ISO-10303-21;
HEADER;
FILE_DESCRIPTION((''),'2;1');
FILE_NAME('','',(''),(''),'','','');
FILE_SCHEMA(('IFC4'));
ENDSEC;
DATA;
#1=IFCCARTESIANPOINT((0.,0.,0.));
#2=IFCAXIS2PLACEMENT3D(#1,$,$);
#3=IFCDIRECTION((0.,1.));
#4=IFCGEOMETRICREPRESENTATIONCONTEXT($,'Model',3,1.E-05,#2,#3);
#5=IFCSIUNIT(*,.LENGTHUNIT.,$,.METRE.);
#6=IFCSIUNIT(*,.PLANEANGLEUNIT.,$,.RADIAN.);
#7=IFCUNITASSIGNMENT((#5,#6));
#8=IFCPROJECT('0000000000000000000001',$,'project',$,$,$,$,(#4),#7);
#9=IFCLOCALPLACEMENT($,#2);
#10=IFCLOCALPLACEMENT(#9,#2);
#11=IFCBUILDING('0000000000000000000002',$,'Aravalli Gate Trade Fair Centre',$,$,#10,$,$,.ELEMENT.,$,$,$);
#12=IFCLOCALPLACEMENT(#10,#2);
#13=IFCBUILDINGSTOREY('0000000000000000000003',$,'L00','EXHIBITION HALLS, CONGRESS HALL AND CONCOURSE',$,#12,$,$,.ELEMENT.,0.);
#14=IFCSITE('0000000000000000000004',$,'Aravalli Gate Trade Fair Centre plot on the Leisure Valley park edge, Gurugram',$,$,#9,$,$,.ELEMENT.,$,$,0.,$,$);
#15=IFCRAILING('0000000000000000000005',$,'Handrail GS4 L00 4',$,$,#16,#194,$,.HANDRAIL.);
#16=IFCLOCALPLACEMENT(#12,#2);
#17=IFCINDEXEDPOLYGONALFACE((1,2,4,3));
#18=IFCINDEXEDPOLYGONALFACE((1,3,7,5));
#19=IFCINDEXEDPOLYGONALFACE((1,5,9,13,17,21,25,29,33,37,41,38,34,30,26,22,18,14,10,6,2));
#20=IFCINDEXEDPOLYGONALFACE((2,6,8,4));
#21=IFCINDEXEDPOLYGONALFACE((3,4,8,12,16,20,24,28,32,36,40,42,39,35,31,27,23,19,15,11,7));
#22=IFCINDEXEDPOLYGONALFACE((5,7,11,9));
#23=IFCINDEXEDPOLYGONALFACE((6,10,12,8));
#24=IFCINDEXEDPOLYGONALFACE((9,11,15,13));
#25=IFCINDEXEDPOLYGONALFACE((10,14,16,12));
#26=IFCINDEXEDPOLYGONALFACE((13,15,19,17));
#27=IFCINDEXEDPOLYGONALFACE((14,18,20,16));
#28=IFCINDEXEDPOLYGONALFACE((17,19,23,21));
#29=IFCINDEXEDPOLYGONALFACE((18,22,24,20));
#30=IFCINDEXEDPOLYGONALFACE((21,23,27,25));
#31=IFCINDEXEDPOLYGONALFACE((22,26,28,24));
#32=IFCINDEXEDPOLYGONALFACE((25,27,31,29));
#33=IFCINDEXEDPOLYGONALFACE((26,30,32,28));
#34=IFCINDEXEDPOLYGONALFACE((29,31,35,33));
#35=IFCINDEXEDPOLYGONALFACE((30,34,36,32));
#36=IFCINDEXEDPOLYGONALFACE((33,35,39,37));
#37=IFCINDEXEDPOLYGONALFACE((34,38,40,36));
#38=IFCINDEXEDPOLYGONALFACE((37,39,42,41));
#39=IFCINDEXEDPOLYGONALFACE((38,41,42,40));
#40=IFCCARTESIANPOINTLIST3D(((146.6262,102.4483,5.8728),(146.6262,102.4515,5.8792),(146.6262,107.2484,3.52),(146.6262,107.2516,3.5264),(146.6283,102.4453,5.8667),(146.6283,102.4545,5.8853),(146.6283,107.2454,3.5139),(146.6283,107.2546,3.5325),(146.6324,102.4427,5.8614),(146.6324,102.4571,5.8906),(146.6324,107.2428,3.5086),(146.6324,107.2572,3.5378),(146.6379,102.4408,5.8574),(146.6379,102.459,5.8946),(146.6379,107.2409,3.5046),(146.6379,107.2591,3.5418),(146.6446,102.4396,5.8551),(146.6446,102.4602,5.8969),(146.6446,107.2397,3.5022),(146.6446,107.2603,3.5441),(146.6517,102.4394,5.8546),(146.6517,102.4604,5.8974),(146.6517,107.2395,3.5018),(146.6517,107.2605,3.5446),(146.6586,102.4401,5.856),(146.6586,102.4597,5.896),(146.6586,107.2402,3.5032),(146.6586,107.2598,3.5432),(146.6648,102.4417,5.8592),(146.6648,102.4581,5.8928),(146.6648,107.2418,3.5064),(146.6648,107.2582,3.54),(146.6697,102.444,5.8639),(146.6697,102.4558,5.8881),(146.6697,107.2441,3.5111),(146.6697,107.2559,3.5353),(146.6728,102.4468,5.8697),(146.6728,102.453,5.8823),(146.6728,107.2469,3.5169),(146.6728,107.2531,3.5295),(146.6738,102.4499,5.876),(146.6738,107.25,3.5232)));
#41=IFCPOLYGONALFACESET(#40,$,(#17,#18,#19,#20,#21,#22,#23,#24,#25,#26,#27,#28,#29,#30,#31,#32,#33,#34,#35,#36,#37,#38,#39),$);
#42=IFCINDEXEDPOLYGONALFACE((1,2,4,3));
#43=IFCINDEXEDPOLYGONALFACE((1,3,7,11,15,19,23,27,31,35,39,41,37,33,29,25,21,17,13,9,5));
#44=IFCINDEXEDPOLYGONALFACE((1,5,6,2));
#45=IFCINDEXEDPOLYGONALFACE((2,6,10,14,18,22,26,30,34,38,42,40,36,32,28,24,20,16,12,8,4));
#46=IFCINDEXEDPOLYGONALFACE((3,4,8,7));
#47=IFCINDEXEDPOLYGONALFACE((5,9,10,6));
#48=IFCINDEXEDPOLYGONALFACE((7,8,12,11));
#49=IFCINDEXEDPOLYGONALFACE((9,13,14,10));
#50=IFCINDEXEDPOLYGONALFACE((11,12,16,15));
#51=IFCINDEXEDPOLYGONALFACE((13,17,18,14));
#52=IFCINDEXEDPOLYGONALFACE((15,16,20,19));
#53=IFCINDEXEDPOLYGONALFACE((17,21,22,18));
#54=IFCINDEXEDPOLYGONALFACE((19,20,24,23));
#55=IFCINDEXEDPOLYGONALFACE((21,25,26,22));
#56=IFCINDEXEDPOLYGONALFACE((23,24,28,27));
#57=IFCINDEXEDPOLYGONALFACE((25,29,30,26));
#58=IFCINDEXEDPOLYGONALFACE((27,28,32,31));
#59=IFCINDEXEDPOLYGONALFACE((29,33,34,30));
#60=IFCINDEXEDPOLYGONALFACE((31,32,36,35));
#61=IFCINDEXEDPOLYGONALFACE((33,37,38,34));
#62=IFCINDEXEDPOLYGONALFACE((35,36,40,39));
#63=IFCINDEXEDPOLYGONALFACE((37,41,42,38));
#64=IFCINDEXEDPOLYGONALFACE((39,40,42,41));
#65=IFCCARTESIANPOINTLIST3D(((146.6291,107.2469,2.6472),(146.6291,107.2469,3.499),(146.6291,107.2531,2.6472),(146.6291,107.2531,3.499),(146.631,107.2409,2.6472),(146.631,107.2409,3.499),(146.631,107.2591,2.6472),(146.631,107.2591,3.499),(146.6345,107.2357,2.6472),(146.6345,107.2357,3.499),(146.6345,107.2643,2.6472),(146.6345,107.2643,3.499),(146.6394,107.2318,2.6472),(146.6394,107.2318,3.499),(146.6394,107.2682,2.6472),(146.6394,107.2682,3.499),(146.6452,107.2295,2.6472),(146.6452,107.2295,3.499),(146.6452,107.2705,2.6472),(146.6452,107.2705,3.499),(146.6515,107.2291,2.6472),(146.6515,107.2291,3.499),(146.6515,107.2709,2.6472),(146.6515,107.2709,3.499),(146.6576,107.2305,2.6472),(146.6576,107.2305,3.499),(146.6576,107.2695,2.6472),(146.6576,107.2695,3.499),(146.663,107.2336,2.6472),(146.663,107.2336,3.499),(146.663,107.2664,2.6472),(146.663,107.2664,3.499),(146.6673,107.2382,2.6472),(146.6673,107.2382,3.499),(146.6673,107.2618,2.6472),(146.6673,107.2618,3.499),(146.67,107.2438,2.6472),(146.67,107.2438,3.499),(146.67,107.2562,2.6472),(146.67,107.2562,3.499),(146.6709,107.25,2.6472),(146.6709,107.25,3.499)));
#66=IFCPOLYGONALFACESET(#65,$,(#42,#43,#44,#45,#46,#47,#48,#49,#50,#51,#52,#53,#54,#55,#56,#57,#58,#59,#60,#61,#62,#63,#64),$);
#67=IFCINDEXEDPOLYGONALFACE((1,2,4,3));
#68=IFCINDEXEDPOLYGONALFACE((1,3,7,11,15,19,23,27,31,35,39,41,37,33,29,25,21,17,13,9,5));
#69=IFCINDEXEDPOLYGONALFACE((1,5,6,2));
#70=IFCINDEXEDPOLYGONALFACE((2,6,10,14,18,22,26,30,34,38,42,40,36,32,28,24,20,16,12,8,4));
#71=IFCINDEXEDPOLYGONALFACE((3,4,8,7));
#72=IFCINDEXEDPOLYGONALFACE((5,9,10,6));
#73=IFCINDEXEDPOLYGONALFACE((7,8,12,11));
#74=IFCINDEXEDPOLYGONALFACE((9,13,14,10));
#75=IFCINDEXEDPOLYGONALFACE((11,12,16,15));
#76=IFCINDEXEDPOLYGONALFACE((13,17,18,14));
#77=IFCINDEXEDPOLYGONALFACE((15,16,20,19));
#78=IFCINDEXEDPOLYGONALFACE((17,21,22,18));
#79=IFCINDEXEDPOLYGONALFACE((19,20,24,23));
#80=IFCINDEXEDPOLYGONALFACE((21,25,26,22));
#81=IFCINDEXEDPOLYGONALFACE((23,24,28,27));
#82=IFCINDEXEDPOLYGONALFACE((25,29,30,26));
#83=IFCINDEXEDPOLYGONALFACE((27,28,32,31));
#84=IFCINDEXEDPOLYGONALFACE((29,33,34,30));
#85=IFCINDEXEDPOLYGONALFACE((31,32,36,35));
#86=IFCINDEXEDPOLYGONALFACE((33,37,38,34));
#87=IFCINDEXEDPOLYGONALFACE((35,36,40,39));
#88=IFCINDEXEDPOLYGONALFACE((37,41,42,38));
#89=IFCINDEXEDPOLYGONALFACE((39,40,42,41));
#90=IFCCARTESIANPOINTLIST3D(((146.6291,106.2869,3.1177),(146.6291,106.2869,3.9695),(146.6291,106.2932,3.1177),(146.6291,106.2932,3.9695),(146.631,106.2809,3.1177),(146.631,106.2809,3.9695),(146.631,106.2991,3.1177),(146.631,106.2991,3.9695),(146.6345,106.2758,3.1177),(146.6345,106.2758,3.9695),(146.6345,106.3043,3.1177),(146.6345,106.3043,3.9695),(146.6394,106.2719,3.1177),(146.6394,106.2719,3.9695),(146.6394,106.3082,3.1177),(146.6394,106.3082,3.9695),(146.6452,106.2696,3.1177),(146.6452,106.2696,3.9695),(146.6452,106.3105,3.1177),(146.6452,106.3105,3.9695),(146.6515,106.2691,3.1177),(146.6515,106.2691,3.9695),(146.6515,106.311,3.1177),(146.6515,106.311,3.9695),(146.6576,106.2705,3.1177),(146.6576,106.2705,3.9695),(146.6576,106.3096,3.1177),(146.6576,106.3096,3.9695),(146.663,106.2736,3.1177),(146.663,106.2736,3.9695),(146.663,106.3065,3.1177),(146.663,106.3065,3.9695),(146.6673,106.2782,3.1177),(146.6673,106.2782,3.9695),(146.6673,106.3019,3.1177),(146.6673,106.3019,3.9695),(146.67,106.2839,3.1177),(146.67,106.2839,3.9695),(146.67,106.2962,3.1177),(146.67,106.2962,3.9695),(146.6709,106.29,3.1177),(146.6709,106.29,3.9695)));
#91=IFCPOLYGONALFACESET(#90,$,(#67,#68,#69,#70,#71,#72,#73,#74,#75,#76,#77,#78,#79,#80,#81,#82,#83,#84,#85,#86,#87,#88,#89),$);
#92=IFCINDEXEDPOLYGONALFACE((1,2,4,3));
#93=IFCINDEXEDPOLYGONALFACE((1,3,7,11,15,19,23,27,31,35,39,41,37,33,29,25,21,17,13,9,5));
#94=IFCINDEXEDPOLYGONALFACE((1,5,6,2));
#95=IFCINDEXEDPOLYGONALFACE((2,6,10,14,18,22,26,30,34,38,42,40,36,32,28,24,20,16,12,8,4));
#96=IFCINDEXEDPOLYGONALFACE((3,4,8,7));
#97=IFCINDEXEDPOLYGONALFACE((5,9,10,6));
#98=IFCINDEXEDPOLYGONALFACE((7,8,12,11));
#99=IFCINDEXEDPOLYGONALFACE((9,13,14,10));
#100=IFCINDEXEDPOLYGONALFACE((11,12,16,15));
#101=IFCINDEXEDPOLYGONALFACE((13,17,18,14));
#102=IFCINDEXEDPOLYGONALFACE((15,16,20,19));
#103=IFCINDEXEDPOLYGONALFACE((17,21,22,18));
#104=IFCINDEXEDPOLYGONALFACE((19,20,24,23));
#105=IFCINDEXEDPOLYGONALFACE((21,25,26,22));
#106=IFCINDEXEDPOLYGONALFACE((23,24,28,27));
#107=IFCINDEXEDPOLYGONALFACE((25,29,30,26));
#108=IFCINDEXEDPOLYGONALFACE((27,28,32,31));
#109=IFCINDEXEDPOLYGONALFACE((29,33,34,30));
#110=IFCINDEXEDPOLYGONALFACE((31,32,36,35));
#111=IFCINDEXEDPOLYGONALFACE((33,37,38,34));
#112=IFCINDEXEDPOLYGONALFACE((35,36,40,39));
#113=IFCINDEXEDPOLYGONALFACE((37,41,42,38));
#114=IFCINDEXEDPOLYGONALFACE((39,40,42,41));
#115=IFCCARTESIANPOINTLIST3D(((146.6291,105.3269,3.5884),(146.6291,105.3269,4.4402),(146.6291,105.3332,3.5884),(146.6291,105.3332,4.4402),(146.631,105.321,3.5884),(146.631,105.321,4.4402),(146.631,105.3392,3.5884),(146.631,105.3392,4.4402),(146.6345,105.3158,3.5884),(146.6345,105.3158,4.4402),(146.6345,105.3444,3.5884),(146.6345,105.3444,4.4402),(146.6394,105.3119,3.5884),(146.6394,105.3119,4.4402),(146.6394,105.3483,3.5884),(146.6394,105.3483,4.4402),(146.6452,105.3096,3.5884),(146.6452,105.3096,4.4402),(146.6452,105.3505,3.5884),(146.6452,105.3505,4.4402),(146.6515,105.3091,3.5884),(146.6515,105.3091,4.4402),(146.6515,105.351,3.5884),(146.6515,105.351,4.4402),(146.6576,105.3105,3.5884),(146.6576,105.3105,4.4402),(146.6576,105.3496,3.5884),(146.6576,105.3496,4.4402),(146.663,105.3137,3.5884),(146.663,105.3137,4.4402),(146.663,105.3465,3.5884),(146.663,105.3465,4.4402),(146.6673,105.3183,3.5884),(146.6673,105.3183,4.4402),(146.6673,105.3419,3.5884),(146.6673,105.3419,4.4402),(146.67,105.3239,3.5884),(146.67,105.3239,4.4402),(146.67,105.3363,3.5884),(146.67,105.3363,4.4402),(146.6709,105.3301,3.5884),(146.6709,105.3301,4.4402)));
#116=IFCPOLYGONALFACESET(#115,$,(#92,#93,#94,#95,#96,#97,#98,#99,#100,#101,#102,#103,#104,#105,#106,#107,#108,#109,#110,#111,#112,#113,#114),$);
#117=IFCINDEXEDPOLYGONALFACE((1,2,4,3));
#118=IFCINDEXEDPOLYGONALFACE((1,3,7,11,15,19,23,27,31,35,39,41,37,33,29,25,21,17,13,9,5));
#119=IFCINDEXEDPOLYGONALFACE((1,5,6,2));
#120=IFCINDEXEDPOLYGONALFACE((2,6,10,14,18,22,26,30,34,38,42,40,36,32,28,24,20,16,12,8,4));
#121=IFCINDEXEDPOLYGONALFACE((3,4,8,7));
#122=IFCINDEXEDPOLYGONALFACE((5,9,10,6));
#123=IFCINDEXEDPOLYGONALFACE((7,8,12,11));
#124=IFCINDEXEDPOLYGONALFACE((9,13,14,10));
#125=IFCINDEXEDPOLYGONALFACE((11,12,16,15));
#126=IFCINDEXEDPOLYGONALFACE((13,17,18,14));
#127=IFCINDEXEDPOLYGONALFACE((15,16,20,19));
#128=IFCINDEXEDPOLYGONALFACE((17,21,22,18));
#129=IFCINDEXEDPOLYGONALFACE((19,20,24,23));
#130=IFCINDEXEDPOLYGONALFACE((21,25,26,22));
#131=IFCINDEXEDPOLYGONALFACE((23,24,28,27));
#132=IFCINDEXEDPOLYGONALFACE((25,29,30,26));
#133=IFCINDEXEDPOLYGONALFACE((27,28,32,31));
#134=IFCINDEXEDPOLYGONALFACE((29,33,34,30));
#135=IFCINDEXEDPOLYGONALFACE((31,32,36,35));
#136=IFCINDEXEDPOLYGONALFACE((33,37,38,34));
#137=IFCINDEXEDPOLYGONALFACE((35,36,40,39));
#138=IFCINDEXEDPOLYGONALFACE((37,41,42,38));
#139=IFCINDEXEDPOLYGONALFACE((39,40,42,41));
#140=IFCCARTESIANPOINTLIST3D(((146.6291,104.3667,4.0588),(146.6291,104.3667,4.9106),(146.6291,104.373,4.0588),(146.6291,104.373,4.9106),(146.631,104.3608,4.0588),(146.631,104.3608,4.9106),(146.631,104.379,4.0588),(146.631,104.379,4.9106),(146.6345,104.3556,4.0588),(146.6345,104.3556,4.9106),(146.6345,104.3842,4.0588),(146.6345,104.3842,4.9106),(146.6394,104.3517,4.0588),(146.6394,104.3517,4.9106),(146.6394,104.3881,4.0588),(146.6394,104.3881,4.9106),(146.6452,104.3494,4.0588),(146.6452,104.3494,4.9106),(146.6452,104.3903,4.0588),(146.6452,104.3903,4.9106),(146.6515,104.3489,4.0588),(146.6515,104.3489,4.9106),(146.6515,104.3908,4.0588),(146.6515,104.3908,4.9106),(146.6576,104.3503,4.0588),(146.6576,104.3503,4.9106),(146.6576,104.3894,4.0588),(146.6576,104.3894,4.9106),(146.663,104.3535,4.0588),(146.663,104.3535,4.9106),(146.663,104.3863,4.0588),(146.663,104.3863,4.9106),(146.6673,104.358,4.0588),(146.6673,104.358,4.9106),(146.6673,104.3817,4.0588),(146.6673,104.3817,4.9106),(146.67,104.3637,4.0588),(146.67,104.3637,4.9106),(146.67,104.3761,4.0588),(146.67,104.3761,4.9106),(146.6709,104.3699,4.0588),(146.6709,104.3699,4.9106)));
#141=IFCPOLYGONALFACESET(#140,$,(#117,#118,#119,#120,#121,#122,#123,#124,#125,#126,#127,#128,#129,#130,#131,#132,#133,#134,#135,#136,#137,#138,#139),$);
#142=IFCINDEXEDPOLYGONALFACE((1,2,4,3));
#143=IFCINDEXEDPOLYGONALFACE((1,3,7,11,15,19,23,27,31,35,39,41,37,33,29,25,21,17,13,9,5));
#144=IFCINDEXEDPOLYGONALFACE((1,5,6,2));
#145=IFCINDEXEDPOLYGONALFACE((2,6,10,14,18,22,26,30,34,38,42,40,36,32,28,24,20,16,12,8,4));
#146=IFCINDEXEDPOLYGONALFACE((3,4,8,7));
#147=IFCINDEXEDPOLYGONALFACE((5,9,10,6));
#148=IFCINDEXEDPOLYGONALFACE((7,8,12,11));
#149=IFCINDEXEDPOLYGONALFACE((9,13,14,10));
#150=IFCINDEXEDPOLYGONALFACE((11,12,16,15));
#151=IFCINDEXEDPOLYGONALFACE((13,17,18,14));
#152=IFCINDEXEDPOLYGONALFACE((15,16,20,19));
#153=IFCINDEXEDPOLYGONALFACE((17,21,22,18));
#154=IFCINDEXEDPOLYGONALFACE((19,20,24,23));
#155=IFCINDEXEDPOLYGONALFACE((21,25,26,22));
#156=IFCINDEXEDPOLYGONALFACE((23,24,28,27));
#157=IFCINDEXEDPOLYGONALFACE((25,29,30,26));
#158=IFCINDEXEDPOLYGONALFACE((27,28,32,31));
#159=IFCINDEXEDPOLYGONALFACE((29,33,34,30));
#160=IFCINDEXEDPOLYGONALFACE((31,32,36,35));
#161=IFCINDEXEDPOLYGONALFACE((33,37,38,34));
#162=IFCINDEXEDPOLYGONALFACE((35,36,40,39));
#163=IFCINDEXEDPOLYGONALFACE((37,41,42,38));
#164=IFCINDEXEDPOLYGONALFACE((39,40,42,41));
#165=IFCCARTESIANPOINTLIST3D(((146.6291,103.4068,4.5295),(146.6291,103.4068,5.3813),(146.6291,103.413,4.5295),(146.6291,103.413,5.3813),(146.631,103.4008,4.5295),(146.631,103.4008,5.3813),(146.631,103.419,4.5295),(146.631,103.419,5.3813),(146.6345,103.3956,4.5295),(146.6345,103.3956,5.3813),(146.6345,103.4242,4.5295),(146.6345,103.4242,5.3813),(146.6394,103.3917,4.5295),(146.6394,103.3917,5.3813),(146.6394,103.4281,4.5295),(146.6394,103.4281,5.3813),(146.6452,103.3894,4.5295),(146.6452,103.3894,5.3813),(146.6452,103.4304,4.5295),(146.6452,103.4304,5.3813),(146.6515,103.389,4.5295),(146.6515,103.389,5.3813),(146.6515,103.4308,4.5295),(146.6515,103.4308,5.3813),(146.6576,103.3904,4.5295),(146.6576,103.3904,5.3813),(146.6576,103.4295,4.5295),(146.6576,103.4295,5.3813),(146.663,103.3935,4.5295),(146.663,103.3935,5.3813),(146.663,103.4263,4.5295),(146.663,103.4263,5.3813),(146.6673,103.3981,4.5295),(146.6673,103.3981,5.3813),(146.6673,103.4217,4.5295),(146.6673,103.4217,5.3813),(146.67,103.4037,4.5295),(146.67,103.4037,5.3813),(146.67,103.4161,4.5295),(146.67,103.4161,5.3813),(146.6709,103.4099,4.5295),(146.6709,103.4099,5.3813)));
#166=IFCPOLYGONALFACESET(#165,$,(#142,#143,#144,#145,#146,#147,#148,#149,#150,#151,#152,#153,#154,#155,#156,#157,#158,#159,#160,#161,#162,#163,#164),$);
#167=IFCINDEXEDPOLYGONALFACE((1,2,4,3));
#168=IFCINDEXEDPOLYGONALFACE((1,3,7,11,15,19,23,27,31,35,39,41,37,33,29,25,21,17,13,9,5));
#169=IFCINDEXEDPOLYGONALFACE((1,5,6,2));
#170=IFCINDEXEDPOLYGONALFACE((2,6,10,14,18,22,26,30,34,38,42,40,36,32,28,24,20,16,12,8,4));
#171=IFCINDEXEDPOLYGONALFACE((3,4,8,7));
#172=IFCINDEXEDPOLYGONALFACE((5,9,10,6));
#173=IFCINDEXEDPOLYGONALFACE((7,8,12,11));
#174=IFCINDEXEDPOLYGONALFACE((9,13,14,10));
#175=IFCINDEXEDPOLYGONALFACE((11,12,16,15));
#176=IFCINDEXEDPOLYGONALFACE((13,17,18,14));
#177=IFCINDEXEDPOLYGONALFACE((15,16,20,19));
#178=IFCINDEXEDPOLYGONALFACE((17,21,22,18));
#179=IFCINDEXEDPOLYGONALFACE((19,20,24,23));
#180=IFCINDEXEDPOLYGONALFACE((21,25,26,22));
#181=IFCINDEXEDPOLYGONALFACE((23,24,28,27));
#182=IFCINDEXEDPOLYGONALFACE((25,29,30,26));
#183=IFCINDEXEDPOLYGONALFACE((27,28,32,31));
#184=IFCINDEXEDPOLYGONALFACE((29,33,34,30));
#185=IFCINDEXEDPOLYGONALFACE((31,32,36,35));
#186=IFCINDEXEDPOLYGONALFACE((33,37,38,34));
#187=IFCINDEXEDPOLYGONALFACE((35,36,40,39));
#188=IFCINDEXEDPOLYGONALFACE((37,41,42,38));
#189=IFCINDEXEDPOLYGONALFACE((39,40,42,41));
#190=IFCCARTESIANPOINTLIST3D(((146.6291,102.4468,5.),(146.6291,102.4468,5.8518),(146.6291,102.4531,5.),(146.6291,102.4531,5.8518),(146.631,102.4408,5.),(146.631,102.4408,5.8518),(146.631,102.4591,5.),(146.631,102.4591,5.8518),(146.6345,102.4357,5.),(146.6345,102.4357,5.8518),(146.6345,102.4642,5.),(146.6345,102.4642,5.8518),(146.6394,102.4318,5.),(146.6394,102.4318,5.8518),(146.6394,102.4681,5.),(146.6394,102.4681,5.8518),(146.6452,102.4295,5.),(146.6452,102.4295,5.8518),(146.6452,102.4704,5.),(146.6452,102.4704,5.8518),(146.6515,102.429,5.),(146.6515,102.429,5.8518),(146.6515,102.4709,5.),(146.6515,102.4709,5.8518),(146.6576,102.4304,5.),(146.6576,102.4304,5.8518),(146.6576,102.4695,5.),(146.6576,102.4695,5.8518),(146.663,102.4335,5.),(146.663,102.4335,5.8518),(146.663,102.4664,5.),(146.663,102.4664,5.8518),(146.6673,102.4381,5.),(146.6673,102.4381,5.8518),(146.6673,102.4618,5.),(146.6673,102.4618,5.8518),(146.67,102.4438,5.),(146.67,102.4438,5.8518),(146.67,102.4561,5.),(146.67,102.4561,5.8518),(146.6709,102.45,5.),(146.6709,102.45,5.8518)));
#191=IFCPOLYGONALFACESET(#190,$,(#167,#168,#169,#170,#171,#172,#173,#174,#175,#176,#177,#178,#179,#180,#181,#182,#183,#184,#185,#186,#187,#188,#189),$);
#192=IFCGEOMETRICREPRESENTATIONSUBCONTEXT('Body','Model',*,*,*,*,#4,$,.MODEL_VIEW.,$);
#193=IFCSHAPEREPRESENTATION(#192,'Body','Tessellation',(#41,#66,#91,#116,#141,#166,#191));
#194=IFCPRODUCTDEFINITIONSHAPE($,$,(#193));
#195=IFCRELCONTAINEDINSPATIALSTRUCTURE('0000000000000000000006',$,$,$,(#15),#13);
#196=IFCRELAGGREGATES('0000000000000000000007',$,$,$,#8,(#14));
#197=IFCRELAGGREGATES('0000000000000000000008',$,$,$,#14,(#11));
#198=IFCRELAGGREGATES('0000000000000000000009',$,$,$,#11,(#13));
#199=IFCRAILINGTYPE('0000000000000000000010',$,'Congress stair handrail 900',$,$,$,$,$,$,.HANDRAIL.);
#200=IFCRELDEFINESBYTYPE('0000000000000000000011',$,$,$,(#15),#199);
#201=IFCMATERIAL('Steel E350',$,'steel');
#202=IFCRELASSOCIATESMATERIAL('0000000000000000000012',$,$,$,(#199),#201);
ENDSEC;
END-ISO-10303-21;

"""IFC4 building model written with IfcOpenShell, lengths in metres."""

from ifc_helpers import new_model, si_unit, direction, frame, origin, origin_2d, place, context, subcontext, project, spatial, circle, extrude, material, type_object, element, save


model = new_model("IFC4")

# Units and contexts
model_context = context("Model", 3, precision=1e-05, world=origin(), true_north=direction((0.0, 1.0)))
body_context = subcontext(model_context, "Body", "Model", "MODEL_VIEW")
ifc_project = project(units=[si_unit("LENGTHUNIT", "METRE"), si_unit("PLANEANGLEUNIT", "RADIAN")], contexts=[model_context])

# Site, building, storey
site_placement = place(None, origin())
site = spatial("IfcSite", under=ifc_project, at=site_placement, Name="Aravalli Gate Trade Fair Centre plot on the Leisure Valley park edge, Gurugram", CompositionType="ELEMENT", RefElevation=0.0)
building_placement = place(site_placement, origin())
building = spatial("IfcBuilding", under=site, at=building_placement, Name="Aravalli Gate Trade Fair Centre", CompositionType="ELEMENT")
storey_placement = place(building_placement, origin())
storey = spatial("IfcBuildingStorey", under=building, at=storey_placement, Name="L00", Description="EXHIBITION HALLS, CONGRESS HALL AND CONCOURSE", CompositionType="ELEMENT", Elevation=0.0)

# Railing
ifc_material_1 = material(Name="Steel E350", Category="steel")
railing_type = type_object("IfcRailingType", Name="Congress stair handrail 900", PredefinedType="HANDRAIL", material=ifc_material_1)
railing_placement = place(storey_placement, frame((146.6499, 107.25, 2.6472)))
element("IfcRailing", 1, at=railing_placement, inside=storey, type_object=railing_type, Name="Handrail GS4 L00 4", PredefinedType="HANDRAIL", context=body_context, shape_type="SweptSolid", body=[
    extrude(circle(Radius=0.0239, at=origin_2d()), frame((0.0, 0.0, 0.876), z_axis=(0.0, -0.897934, 0.44013), x_axis=(1.0, 0.0, 0.0)), (0.0, 0.0, 1.0), 5.3457),
    extrude(circle(Radius=0.021, at=origin_2d()), origin(), (0.0, 0.0, 1.0), 0.8518),
    extrude(circle(Radius=0.021, at=origin_2d()), frame((0.0, -0.96, 0.4705)), (0.0, 0.0, 1.0), 0.8518),
    extrude(circle(Radius=0.021, at=origin_2d()), frame((0.0, -1.9199, 0.9412)), (0.0, 0.0, 1.0), 0.8518),
    extrude(circle(Radius=0.021, at=origin_2d()), frame((0.0, -2.8801, 1.4116)), (0.0, 0.0, 1.0), 0.8518),
    extrude(circle(Radius=0.021, at=origin_2d()), frame((0.0, -3.8401, 1.8823)), (0.0, 0.0, 1.0), 0.8518),
    extrude(circle(Radius=0.021, at=origin_2d()), frame((0.0, -4.8, 2.3528)), (0.0, 0.0, 1.0), 0.8518),
])

save(model, "model.ifc")
